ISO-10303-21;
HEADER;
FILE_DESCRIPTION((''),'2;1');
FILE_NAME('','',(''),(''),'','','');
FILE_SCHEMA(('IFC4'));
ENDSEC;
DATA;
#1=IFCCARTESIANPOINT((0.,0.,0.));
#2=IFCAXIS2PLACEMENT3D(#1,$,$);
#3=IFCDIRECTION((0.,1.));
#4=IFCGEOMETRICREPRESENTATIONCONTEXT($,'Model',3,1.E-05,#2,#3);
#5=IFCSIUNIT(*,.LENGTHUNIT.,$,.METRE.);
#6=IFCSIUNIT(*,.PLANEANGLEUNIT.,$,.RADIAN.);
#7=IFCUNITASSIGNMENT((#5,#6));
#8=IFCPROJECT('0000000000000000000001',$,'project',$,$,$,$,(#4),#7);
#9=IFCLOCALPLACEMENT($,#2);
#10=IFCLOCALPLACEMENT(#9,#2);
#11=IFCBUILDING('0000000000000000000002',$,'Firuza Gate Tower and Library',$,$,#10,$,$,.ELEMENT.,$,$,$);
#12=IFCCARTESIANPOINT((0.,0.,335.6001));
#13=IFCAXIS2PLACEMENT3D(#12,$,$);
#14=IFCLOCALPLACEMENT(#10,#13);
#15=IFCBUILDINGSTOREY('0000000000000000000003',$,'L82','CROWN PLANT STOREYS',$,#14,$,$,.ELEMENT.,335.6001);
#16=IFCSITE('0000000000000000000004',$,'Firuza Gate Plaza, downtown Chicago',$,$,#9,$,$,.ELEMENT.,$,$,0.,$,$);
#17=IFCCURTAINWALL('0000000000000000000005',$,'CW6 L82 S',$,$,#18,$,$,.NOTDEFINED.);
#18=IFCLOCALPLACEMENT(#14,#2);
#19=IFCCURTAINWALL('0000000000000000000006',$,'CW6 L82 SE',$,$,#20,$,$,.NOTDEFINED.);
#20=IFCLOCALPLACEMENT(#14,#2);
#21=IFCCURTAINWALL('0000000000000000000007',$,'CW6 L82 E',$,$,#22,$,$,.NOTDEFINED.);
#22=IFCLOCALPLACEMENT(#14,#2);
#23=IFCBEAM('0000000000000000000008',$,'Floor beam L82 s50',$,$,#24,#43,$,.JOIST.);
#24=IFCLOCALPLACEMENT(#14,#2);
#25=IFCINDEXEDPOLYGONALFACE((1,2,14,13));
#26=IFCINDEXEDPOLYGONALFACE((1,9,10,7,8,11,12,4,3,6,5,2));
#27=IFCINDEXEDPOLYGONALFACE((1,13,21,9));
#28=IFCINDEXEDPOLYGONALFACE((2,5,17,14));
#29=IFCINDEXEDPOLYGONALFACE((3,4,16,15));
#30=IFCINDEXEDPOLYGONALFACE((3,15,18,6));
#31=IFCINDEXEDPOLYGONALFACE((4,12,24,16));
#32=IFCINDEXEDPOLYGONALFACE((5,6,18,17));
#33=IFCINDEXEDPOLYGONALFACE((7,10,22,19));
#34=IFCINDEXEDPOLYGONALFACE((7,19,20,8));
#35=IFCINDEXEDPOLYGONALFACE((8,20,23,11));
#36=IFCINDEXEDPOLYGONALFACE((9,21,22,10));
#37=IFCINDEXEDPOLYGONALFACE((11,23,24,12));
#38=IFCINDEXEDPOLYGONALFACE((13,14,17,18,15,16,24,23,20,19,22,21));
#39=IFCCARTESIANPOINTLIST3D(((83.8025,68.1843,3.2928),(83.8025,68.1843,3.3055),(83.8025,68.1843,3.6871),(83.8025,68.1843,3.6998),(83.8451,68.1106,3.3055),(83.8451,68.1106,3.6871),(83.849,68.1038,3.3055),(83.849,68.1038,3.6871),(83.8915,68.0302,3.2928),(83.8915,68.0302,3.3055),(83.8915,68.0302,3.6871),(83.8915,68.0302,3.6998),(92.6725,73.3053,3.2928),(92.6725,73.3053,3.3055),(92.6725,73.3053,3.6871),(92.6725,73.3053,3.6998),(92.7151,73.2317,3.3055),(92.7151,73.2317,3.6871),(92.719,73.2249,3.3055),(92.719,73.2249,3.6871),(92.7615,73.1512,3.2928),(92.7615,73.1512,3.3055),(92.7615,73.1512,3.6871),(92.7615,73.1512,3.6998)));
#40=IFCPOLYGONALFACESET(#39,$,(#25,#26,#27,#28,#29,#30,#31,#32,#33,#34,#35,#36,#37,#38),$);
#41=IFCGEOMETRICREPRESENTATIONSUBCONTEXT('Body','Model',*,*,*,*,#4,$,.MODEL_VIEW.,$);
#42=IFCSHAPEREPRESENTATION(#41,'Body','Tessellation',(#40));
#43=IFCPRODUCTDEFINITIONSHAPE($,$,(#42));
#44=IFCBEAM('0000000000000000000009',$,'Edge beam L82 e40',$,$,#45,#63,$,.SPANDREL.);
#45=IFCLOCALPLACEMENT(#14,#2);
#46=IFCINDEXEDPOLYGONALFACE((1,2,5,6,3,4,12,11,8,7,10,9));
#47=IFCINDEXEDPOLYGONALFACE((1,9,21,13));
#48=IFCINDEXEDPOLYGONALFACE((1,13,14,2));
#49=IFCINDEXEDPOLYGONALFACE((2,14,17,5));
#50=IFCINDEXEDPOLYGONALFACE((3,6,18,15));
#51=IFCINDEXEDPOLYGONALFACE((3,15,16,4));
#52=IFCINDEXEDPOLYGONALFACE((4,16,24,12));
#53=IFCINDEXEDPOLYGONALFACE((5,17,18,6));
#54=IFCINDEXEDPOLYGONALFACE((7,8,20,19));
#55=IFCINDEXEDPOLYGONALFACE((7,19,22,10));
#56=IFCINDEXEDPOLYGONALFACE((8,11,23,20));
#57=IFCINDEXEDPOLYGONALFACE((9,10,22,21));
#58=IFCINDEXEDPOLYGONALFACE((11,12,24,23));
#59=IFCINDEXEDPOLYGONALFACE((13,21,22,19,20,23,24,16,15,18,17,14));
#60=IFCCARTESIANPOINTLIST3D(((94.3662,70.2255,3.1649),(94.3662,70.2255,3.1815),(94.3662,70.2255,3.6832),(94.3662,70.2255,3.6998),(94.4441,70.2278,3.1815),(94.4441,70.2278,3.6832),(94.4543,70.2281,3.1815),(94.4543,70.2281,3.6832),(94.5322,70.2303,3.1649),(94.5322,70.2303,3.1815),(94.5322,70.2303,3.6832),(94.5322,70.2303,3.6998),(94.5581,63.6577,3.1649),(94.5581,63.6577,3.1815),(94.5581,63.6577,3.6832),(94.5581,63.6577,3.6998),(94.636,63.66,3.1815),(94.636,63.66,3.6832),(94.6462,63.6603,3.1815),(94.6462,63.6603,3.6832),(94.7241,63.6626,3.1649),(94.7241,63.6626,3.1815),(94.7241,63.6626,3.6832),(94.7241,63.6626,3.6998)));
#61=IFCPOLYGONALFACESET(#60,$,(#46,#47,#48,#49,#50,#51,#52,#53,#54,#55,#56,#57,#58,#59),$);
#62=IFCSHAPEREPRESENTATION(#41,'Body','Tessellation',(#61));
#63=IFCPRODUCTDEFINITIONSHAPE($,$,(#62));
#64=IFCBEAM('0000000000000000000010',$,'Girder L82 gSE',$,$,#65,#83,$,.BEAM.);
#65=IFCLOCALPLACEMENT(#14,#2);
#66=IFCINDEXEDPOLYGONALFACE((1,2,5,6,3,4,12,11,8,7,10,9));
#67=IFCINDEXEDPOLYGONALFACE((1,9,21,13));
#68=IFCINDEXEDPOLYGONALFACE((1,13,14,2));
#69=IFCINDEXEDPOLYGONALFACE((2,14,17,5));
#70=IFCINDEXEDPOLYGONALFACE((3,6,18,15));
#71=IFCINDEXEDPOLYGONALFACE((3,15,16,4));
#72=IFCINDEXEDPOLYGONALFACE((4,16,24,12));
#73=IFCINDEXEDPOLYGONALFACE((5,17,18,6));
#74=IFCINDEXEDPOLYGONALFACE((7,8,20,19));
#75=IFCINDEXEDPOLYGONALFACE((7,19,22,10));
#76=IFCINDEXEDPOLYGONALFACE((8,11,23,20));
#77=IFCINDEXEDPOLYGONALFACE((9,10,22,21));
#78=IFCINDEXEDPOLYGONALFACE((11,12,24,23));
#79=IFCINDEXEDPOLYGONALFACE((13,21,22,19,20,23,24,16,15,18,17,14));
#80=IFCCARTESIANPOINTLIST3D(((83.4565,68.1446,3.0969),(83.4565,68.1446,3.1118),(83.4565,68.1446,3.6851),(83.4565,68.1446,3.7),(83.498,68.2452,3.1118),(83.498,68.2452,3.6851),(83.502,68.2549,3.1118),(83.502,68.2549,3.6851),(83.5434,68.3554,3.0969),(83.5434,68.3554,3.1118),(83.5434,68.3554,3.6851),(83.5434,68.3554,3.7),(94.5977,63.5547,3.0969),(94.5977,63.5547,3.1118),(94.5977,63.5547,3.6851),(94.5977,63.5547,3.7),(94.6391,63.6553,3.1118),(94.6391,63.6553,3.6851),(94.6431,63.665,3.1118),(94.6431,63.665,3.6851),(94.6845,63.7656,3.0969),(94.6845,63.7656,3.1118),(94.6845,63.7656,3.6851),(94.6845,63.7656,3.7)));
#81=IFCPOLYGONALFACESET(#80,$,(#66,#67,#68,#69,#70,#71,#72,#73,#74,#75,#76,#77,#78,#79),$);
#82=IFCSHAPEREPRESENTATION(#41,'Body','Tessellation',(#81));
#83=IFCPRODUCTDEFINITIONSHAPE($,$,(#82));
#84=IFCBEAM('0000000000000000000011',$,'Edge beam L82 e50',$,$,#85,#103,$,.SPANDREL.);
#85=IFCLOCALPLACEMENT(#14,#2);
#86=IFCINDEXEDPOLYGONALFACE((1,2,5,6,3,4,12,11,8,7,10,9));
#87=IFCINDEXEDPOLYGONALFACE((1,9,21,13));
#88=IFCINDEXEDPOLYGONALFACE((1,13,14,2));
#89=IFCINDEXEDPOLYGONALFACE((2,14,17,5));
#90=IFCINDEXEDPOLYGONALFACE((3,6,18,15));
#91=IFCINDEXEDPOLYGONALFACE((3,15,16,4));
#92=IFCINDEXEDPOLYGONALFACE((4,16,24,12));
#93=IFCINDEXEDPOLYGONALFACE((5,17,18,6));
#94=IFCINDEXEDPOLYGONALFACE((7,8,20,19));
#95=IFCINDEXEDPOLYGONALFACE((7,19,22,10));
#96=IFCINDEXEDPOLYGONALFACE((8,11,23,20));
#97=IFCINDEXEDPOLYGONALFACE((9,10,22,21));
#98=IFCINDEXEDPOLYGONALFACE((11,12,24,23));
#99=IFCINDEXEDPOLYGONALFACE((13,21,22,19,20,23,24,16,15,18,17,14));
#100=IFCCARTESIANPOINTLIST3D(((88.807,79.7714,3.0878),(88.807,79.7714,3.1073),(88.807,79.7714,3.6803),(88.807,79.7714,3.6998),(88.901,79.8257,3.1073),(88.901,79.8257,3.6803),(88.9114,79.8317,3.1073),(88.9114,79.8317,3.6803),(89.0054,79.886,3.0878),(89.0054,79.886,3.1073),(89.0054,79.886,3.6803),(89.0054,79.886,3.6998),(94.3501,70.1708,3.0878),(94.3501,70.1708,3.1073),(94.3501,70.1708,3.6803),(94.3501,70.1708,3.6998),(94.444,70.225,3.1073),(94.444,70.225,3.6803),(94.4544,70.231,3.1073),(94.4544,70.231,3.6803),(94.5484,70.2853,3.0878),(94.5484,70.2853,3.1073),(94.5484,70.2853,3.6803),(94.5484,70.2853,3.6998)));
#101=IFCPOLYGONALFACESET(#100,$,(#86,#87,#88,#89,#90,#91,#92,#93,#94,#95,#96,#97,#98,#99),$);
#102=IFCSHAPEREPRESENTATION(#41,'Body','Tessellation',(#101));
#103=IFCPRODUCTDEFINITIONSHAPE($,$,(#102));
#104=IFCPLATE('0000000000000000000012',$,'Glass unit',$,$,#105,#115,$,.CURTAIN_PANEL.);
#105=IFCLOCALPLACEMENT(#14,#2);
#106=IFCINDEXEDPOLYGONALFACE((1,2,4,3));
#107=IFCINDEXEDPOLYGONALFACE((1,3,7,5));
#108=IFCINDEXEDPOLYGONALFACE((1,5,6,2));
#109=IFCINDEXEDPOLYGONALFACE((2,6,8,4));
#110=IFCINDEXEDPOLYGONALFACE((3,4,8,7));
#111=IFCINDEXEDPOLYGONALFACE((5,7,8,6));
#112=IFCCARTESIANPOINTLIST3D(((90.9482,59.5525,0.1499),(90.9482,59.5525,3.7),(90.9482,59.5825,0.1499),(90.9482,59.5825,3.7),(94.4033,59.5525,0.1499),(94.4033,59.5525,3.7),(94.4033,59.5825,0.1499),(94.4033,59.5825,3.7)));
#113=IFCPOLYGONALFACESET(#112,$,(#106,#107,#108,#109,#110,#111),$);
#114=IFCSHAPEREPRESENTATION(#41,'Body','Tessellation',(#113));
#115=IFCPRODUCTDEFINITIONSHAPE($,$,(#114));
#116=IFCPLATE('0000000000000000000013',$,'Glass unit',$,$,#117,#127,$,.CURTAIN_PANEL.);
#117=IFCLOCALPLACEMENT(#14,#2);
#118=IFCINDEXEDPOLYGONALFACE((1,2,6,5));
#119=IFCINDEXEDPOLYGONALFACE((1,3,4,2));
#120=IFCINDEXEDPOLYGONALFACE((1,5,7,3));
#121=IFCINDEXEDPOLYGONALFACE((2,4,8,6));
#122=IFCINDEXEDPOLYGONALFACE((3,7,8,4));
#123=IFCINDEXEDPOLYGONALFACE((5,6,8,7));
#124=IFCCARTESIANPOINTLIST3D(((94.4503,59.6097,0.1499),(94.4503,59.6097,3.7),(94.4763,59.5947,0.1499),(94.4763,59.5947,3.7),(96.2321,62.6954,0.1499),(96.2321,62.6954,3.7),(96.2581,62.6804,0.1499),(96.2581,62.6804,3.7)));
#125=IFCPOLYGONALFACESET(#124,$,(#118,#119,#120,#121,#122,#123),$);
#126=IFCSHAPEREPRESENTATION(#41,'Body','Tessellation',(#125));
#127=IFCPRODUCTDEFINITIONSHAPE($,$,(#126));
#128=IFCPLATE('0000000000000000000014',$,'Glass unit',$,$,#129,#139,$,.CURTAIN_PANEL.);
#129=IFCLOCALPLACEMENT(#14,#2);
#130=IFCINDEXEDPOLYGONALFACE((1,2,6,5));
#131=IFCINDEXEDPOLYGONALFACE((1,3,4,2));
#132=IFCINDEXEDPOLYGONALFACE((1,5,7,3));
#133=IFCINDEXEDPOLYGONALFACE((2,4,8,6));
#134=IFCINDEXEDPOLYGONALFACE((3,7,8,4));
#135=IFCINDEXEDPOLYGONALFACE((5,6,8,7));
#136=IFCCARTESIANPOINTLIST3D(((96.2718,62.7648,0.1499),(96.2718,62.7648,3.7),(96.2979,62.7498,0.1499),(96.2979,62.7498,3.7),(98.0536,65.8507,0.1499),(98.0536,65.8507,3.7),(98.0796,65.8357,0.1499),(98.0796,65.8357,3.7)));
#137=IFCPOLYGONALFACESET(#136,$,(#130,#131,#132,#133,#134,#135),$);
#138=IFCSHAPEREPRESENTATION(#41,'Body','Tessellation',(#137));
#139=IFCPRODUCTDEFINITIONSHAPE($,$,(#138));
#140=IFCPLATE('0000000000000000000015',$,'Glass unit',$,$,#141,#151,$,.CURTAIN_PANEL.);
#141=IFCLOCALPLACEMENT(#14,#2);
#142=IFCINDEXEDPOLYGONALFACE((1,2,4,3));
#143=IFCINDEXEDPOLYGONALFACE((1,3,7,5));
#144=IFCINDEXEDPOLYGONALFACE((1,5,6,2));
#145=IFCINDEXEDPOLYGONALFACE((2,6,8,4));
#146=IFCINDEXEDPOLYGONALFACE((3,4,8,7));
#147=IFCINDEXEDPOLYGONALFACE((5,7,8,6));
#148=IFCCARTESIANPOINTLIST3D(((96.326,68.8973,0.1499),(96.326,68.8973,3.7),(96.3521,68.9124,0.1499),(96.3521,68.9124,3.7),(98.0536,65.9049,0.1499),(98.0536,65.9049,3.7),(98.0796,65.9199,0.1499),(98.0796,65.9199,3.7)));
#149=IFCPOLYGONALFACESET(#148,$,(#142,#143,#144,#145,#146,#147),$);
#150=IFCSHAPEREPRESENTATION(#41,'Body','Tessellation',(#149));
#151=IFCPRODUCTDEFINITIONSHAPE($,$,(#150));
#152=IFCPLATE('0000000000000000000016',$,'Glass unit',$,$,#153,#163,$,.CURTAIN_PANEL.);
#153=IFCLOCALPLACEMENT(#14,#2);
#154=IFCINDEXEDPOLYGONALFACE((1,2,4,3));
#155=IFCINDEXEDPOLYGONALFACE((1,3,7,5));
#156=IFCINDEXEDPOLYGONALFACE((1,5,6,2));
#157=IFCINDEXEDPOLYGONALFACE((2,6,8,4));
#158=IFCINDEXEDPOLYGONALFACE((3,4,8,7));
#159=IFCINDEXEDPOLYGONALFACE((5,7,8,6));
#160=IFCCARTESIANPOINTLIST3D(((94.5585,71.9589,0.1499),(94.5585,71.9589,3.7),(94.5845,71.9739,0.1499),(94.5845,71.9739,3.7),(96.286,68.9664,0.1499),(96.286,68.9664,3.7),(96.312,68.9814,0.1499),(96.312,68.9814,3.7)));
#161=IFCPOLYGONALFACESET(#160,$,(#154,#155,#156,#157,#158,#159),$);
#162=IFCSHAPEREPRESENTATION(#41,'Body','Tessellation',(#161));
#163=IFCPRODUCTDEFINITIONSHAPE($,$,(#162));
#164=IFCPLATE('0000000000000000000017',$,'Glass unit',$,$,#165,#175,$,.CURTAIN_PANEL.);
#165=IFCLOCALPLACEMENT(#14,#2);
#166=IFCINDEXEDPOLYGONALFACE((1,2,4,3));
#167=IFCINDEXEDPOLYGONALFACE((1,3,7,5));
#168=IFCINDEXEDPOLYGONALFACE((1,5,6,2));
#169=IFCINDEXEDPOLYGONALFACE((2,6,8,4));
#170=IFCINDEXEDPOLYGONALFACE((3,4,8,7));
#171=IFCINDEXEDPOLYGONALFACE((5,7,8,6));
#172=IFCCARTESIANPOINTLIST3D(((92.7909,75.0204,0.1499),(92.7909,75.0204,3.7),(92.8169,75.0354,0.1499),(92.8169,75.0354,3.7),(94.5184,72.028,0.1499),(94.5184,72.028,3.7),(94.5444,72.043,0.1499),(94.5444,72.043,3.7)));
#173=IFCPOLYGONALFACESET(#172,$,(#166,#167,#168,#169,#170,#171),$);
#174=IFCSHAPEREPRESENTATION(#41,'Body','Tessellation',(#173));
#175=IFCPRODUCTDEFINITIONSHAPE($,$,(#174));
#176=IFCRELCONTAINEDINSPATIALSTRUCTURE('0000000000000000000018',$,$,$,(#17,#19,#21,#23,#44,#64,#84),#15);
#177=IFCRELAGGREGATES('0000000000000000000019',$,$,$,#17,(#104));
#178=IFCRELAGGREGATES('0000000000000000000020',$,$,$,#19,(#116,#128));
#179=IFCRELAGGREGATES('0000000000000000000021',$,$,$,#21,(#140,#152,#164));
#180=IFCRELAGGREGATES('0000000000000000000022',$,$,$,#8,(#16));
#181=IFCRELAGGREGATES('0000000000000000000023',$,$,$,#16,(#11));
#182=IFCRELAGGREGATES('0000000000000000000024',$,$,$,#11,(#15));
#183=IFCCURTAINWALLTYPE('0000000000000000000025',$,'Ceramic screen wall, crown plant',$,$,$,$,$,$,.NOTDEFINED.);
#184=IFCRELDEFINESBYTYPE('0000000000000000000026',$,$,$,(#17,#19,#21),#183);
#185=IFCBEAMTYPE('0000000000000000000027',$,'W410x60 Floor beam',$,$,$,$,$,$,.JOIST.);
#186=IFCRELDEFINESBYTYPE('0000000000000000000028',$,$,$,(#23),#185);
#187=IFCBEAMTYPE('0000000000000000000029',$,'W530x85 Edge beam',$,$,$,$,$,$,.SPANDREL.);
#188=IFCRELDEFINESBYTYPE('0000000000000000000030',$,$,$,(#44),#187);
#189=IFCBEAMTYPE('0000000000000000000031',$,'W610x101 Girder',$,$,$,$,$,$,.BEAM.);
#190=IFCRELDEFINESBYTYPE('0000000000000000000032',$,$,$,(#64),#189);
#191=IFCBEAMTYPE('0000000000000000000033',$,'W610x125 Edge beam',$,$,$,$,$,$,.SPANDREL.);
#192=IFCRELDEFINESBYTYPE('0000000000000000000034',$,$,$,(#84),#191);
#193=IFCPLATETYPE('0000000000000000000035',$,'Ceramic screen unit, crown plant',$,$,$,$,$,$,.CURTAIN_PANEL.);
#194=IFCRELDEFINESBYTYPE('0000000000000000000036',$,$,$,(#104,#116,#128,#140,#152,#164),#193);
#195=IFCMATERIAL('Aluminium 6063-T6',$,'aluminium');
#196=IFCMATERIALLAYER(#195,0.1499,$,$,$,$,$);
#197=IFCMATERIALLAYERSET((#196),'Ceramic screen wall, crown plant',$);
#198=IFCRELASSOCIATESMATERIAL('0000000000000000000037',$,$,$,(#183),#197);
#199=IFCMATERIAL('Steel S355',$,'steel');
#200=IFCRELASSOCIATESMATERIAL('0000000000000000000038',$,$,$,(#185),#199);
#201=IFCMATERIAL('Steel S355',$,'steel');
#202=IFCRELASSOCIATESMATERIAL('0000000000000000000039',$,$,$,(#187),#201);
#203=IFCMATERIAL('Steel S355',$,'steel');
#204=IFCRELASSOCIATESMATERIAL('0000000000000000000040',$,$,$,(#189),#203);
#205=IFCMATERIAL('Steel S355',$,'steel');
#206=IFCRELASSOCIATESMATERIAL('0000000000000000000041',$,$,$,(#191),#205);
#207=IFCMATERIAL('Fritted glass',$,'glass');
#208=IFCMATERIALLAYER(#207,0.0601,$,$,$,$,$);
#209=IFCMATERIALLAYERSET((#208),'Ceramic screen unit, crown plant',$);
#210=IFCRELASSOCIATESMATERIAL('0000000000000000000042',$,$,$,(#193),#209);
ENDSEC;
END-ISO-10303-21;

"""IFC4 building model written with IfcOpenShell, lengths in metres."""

from ifc_helpers import new_model, si_unit, direction, frame, origin, origin_2d, place, context, subcontext, project, spatial, polyline, i_section, outline, extrude, material, layer, layer_set, material_profile, profile_set, type_object, element, aggregate, save


model = new_model("IFC4")

# Units and contexts
model_context = context("Model", 3, precision=1e-05, world=origin(), true_north=direction((0.0, 1.0)))
body_context = subcontext(model_context, "Body", "Model", "MODEL_VIEW")
ifc_project = project(units=[si_unit("LENGTHUNIT", "METRE"), si_unit("PLANEANGLEUNIT", "RADIAN")], contexts=[model_context])

# Site, building, storey
site_placement = place(None, origin())
site = spatial("IfcSite", under=ifc_project, at=site_placement, Name="Firuza Gate Plaza, downtown Chicago", CompositionType="ELEMENT", RefElevation=0.0)
building_placement = place(site_placement, origin())
building = spatial("IfcBuilding", under=site, at=building_placement, Name="Firuza Gate Tower and Library", CompositionType="ELEMENT")
storey_placement = place(building_placement, frame((0.0, 0.0, 335.6001)))
storey = spatial("IfcBuildingStorey", under=building, at=storey_placement, Name="L82", Description="CROWN PLANT STOREYS", CompositionType="ELEMENT", Elevation=335.6001)

# Curtain wall
ifc_material_1 = material(Name="Aluminium 6063-T6", Category="aluminium")
ifc_layer_1 = layer(ifc_material_1, 0.1499)
ifc_layer_set_1 = layer_set([ifc_layer_1], Name="Ceramic screen wall, crown plant")
curtain_wall_type = type_object("IfcCurtainWallType", Name="Ceramic screen wall, crown plant", PredefinedType="NOTDEFINED", material=ifc_layer_set_1)
placement = place(storey_placement, origin())
curtain_wall_1 = element("IfcCurtainWall", 1, at=placement, inside=storey, type_object=curtain_wall_type, Name="CW6 L82 S", PredefinedType="NOTDEFINED")

# Curtain walls
curtain_wall_2 = element("IfcCurtainWall", 2, at=placement, inside=storey, type_object=curtain_wall_type, Name="CW6 L82 SE", PredefinedType="NOTDEFINED")
curtain_wall_3 = element("IfcCurtainWall", 3, at=placement, inside=storey, type_object=curtain_wall_type, Name="CW6 L82 E", PredefinedType="NOTDEFINED")

# Beams
ifc_material_2 = material(Name="Steel S355", Category="steel")
ifc_material_profile_1 = material_profile(ifc_material_2, i_section(OverallWidth=0.178, OverallDepth=0.407, WebThickness=0.0078, FlangeThickness=0.0127, at=origin_2d()))
ifc_profile_set_1 = profile_set([ifc_material_profile_1], Name="Steel S355")
beam_type_1 = type_object("IfcBeamType", Name="W410x60 Floor beam", PredefinedType="JOIST", material=ifc_profile_set_1)
beam_1_placement = place(storey_placement, frame((92.717, 73.2283, 3.4963), z_axis=(-0.866028, -0.499995, 0.0), x_axis=(0.499995, -0.866028, 0.0)))
element("IfcBeam", 4, at=beam_1_placement, inside=storey, type_object=beam_type_1, Name="Floor beam L82 s50", PredefinedType="JOIST", context=body_context, shape_type="SweptSolid", body=[
    extrude(i_section(OverallWidth=0.178, OverallDepth=0.407, WebThickness=0.0078, FlangeThickness=0.0127, at=origin_2d()), origin(), (0.0, 0.0, 1.0), 10.2422),
])
ifc_material_3 = material(Name="Steel S355", Category="steel")
ifc_material_profile_2 = material_profile(ifc_material_3, i_section(OverallWidth=0.166, OverallDepth=0.5349, WebThickness=0.0103, FlangeThickness=0.0166, at=origin_2d()))
ifc_profile_set_2 = profile_set([ifc_material_profile_2], Name="Steel S355")
beam_type_2 = type_object("IfcBeamType", Name="W530x85 Edge beam", PredefinedType="SPANDREL", material=ifc_profile_set_2)
beam_2_placement = place(storey_placement, frame((94.6411, 63.6602, 3.4324), z_axis=(-0.029205, 0.999573, 0.0), x_axis=(-0.999573, -0.029205, 0.0)))
element("IfcBeam", 5, at=beam_2_placement, inside=storey, type_object=beam_type_2, Name="Edge beam L82 e40", PredefinedType="SPANDREL", context=body_context, shape_type="SweptSolid", body=[
    extrude(i_section(OverallWidth=0.166, OverallDepth=0.5349, WebThickness=0.0103, FlangeThickness=0.0166, at=origin_2d()), origin(), (0.0, 0.0, 1.0), 6.5706),
])
ifc_material_4 = material(Name="Steel S355", Category="steel")
ifc_material_profile_3 = material_profile(ifc_material_4, i_section(OverallWidth=0.228, OverallDepth=0.603, WebThickness=0.0105, FlangeThickness=0.0149, at=origin_2d()))
ifc_profile_set_3 = profile_set([ifc_material_profile_3], Name="Steel S355")
beam_type_3 = type_object("IfcBeamType", Name="W610x101 Girder", PredefinedType="BEAM", material=ifc_profile_set_3)
beam_3_placement = place(storey_placement, frame((94.6411, 63.6602, 3.3984), z_axis=(-0.92461, 0.380915, 0.0), x_axis=(-0.380915, -0.92461, 0.0)))
element("IfcBeam", 6, at=beam_3_placement, inside=storey, type_object=beam_type_3, Name="Girder L82 gSE", PredefinedType="BEAM", context=body_context, shape_type="SweptSolid", body=[
    extrude(i_section(OverallWidth=0.228, OverallDepth=0.603, WebThickness=0.0105, FlangeThickness=0.0149, at=origin_2d()), origin(), (0.0, 0.0, 1.0), 12.0496),
])
ifc_material_5 = material(Name="Steel S355", Category="steel")
ifc_material_profile_4 = material_profile(ifc_material_5, i_section(OverallWidth=0.229, OverallDepth=0.6121, WebThickness=0.012, FlangeThickness=0.0195, at=origin_2d()))
ifc_profile_set_4 = profile_set([ifc_material_profile_4], Name="Steel S355")
beam_type_4 = type_object("IfcBeamType", Name="W610x125 Edge beam", PredefinedType="SPANDREL", material=ifc_profile_set_4)
beam_4_placement = place(storey_placement, frame((94.4492, 70.228, 3.3938), z_axis=(-0.500005, 0.866023, 0.0), x_axis=(-0.866023, -0.500005, 0.0)))
element("IfcBeam", 7, at=beam_4_placement, inside=storey, type_object=beam_type_4, Name="Edge beam L82 e50", PredefinedType="SPANDREL", context=body_context, shape_type="SweptSolid", body=[
    extrude(i_section(OverallWidth=0.229, OverallDepth=0.6121, WebThickness=0.012, FlangeThickness=0.0195, at=origin_2d()), origin(), (0.0, 0.0, 1.0), 11.0859),
])

# Plates
ifc_material_6 = material(Name="Fritted glass", Category="glass")
ifc_layer_2 = layer(ifc_material_6, 0.0601)
ifc_layer_set_2 = layer_set([ifc_layer_2], Name="Ceramic screen unit, crown plant")
plate_type = type_object("IfcPlateType", Name="Ceramic screen unit, crown plant", PredefinedType="CURTAIN_PANEL", material=ifc_layer_set_2)
plate_1_placement = place(storey_placement, frame((90.9482, 59.5525, 0.1499), z_axis=(0.0, -1.0, 0.0), x_axis=(1.0, 0.0, 0.0)))
plate_1 = element("IfcPlate", 8, at=plate_1_placement, type_object=plate_type, Name="Glass unit", PredefinedType="CURTAIN_PANEL", context=body_context, shape_type="SweptSolid", body=[
    extrude(outline(polyline([(0.0, 0.0), (3.4551, 0.0), (3.4551, 3.55), (0.0, 3.55), (0.0, 0.0)])), origin(), (0.0, 0.0, -1.0), 0.03),
])
aggregate(curtain_wall_1, [plate_1])
plate_2_placement = place(storey_placement, frame((94.4763, 59.5947, 0.1499), z_axis=(0.866, -0.500045, 0.0), x_axis=(0.500045, 0.866, 0.0)))
plate_2 = element("IfcPlate", 9, at=plate_2_placement, type_object=plate_type, Name="Glass unit", PredefinedType="CURTAIN_PANEL", context=body_context, shape_type="SweptSolid", body=[
    extrude(outline(polyline([(0.0, 0.0), (3.5632, 0.0), (3.5632, 3.55), (0.0, 3.55), (0.0, 0.0)])), origin(), (0.0, 0.0, -1.0), 0.03),
])
plate_3_placement = place(storey_placement, frame((96.2979, 62.7498, 0.1499), z_axis=(0.866017, -0.500015, 0.0), x_axis=(0.500015, 0.866017, 0.0)))
plate_3 = element("IfcPlate", 10, at=plate_3_placement, type_object=plate_type, Name="Glass unit", PredefinedType="CURTAIN_PANEL", context=body_context, shape_type="SweptSolid", body=[
    extrude(outline(polyline([(0.0, 0.0), (3.5634, 0.0), (3.5634, 3.55), (0.0, 3.55), (0.0, 0.0)])), origin(), (0.0, 0.0, -1.0), 0.03),
])
aggregate(curtain_wall_2, [plate_2, plate_3])
plate_4_placement = place(storey_placement, frame((98.0796, 65.9199, 0.1499), z_axis=(0.866043, 0.499969, 0.0), x_axis=(-0.499969, 0.866043, 0.0)))
plate_4 = element("IfcPlate", 11, at=plate_4_placement, type_object=plate_type, Name="Glass unit", PredefinedType="CURTAIN_PANEL", context=body_context, shape_type="SweptSolid", body=[
    extrude(outline(polyline([(0.0, 0.0), (3.4553, 0.0), (3.4553, 3.55), (0.0, 3.55), (0.0, 0.0)])), origin(), (0.0, 0.0, -1.0), 0.03),
])
plate_5_placement = place(storey_placement, frame((96.312, 68.9814, 0.1499), z_axis=(0.866043, 0.499969, 0.0), x_axis=(-0.499969, 0.866043, 0.0)))
plate_5 = element("IfcPlate", 12, at=plate_5_placement, type_object=plate_type, Name="Glass unit", PredefinedType="CURTAIN_PANEL", context=body_context, shape_type="SweptSolid", body=[
    extrude(outline(polyline([(0.0, 0.0), (3.4553, 0.0), (3.4553, 3.55), (0.0, 3.55), (0.0, 0.0)])), origin(), (0.0, 0.0, -1.0), 0.03),
])
plate_6_placement = place(storey_placement, frame((94.5444, 72.043, 0.1499), z_axis=(0.866043, 0.499969, 0.0), x_axis=(-0.499969, 0.866043, 0.0)))
plate_6 = element("IfcPlate", 13, at=plate_6_placement, type_object=plate_type, Name="Glass unit", PredefinedType="CURTAIN_PANEL", context=body_context, shape_type="SweptSolid", body=[
    extrude(outline(polyline([(0.0, 0.0), (3.4553, 0.0), (3.4553, 3.55), (0.0, 3.55), (0.0, 0.0)])), origin(), (0.0, 0.0, -1.0), 0.03),
])
aggregate(curtain_wall_3, [plate_4, plate_5, plate_6])

save(model, "model.ifc")
